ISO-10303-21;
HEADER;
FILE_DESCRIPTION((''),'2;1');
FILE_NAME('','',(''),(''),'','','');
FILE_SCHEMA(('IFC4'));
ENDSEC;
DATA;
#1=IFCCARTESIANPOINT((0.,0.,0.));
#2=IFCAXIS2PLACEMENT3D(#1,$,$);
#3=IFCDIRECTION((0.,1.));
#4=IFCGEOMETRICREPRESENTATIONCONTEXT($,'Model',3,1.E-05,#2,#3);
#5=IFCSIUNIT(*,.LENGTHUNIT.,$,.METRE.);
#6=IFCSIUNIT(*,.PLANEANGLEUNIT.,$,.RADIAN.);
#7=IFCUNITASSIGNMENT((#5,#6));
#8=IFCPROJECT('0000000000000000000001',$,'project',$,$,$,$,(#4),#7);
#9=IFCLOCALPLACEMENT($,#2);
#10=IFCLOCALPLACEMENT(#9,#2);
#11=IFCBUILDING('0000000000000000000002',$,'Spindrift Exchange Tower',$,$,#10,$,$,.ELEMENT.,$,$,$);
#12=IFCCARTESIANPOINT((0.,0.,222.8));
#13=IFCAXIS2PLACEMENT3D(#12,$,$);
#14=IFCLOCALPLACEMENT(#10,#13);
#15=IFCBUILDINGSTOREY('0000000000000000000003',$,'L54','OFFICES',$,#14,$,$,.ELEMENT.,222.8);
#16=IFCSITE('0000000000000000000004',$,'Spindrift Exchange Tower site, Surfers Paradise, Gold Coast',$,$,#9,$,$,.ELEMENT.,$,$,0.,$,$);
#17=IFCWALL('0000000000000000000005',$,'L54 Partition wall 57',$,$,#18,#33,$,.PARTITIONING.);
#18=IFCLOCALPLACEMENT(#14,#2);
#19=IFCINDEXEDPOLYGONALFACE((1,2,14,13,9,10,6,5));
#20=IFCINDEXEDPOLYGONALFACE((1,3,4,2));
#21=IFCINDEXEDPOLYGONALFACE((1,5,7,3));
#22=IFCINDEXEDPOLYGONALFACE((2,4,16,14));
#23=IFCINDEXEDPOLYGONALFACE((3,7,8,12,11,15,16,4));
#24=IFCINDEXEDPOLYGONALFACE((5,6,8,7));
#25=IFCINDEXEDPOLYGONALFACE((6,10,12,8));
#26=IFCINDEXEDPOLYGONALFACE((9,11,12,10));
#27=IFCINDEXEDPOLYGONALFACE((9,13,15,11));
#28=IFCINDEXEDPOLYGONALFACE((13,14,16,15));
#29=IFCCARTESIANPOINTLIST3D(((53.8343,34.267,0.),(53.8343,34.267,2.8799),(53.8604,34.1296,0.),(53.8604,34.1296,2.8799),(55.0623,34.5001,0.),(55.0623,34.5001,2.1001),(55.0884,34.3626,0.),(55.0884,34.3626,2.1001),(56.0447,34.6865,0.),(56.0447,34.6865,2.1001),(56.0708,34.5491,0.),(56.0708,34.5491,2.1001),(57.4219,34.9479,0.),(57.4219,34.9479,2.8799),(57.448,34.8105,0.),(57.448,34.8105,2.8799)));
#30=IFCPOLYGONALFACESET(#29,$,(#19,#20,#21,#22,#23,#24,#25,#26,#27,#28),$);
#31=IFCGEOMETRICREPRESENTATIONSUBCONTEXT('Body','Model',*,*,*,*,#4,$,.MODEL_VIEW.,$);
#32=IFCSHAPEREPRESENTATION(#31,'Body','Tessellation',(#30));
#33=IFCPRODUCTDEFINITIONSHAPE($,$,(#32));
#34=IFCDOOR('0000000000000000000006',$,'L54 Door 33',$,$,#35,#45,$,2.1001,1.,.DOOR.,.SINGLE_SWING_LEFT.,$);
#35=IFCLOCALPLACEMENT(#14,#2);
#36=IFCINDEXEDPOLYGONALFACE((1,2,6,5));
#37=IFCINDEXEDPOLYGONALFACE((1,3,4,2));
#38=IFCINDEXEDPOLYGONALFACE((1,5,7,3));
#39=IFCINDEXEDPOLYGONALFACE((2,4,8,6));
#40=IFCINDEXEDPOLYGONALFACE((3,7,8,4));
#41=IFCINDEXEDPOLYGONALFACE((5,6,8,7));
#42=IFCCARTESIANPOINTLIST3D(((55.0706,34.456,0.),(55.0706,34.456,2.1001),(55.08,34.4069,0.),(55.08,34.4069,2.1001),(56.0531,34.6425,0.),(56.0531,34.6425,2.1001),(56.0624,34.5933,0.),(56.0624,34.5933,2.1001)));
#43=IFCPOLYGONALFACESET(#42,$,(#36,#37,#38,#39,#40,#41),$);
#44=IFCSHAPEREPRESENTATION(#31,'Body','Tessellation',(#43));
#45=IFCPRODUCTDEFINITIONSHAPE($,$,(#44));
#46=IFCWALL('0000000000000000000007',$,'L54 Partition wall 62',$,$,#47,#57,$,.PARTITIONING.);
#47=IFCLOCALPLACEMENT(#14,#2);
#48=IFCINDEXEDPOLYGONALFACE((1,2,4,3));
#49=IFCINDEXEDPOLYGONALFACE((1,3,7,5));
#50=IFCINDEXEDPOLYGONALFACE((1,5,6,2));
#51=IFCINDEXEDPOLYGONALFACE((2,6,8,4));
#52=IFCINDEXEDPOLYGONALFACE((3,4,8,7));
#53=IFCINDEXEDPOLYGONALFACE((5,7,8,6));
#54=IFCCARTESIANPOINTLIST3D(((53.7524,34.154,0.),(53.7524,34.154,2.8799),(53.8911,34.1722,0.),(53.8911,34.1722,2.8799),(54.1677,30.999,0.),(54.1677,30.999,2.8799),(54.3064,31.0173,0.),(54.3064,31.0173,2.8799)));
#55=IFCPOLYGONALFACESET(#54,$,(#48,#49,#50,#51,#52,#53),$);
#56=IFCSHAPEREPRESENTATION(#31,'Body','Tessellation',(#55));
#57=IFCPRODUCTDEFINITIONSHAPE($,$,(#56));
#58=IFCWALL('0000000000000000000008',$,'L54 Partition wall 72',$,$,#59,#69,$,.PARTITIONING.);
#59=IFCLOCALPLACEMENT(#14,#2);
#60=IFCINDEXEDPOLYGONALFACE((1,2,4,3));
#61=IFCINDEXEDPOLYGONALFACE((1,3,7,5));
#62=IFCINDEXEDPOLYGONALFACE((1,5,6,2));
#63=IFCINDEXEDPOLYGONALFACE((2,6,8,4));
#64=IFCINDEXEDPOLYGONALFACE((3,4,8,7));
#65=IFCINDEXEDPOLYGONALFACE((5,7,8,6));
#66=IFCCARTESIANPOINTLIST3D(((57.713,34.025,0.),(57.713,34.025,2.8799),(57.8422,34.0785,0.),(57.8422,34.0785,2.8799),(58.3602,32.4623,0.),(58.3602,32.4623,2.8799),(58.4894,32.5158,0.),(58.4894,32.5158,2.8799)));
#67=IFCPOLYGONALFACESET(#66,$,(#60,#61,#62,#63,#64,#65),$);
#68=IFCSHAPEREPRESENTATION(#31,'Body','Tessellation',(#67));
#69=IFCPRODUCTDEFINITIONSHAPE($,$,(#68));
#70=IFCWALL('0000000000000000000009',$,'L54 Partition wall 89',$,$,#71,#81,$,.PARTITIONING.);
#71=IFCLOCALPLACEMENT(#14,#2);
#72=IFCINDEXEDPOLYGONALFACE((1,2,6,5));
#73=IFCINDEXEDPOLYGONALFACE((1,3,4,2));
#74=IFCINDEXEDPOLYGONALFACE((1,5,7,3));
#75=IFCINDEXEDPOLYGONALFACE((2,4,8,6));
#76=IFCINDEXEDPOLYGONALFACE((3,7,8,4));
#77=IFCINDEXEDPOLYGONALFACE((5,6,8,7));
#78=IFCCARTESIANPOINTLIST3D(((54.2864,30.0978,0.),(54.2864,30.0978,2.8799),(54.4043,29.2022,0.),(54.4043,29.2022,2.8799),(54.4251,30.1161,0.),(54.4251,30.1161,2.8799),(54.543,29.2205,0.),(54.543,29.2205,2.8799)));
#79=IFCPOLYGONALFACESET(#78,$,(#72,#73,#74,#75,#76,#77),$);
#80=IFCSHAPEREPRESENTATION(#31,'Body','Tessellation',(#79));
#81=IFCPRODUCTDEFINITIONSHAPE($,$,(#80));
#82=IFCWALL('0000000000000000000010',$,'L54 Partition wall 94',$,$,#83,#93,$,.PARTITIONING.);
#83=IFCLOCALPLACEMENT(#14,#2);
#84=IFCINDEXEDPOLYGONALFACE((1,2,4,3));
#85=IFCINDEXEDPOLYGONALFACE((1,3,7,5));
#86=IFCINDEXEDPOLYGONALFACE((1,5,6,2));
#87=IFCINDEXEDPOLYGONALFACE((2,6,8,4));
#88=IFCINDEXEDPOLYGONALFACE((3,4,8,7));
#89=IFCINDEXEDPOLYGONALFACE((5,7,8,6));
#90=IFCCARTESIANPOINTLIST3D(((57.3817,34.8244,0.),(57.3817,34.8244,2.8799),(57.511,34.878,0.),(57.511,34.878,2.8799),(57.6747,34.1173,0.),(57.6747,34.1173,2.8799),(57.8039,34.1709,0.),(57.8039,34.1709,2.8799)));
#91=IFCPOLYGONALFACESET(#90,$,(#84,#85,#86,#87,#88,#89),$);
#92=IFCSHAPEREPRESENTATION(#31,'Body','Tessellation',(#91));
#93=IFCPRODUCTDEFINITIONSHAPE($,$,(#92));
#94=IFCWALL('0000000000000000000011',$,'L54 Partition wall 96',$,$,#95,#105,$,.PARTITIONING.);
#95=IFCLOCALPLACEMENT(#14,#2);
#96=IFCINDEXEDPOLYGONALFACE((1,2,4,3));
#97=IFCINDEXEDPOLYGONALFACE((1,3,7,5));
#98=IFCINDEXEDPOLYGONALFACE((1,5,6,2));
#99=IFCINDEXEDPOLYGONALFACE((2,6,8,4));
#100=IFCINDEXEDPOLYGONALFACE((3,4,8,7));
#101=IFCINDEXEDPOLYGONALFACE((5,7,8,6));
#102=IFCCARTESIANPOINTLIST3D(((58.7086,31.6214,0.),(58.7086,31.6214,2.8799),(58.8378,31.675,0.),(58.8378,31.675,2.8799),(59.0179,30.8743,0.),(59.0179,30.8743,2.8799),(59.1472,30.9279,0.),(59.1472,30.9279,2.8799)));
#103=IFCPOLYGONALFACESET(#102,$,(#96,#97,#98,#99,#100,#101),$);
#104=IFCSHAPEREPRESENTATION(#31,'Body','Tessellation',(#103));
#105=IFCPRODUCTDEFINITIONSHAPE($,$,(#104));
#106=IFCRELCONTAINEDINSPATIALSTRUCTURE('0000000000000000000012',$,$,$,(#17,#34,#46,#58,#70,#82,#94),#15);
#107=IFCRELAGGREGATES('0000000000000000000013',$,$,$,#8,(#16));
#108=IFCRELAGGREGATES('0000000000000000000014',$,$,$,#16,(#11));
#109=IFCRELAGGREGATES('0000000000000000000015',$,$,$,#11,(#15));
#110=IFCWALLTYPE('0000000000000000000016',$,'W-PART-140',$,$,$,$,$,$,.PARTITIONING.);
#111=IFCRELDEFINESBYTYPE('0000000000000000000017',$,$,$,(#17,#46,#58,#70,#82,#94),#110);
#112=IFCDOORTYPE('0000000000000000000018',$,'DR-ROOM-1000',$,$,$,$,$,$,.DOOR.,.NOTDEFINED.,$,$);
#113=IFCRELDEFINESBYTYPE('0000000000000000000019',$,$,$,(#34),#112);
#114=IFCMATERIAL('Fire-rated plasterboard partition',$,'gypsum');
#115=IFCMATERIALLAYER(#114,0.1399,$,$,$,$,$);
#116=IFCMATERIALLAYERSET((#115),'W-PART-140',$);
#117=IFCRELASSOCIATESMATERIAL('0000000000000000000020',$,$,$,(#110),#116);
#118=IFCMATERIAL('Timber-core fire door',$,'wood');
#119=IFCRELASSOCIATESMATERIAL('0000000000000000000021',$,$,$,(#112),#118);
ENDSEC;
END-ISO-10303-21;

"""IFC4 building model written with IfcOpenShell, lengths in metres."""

from ifc_helpers import new_model, si_unit, direction, frame, frame_2d, origin, place, context, subcontext, project, spatial, rectangle, extrude, source, transform, mapped, material, layer, layer_set, type_object, element, fill, save


model = new_model("IFC4")

# Units and contexts
model_context = context("Model", 3, precision=1e-05, world=origin(), true_north=direction((0.0, 1.0)))
body_context = subcontext(model_context, "Body", "Model", "MODEL_VIEW")
ifc_project = project(units=[si_unit("LENGTHUNIT", "METRE"), si_unit("PLANEANGLEUNIT", "RADIAN")], contexts=[model_context])

# Site, building, storey
site_placement = place(None, origin())
site = spatial("IfcSite", under=ifc_project, at=site_placement, Name="Spindrift Exchange Tower site, Surfers Paradise, Gold Coast", CompositionType="ELEMENT", RefElevation=0.0)
building_placement = place(site_placement, origin())
building = spatial("IfcBuilding", under=site, at=building_placement, Name="Spindrift Exchange Tower", CompositionType="ELEMENT")
storey_placement = place(building_placement, frame((0.0, 0.0, 222.8)))
storey = spatial("IfcBuildingStorey", under=building, at=storey_placement, Name="L54", Description="OFFICES", CompositionType="ELEMENT", Elevation=222.8)

# Wall, opening, door
ifc_material_1 = material(Name="Fire-rated plasterboard partition", Category="gypsum")
ifc_layer_1 = layer(ifc_material_1, 0.1399)
ifc_layer_set_1 = layer_set([ifc_layer_1], Name="W-PART-140")
wall_type = type_object("IfcWallType", Name="W-PART-140", PredefinedType="PARTITIONING", material=ifc_layer_set_1)
ifc_material_2 = material(Name="Timber-core fire door", Category="wood")
door_type = type_object("IfcDoorType", Name="DR-ROOM-1000", OperationType="NOTDEFINED", PredefinedType="DOOR", material=ifc_material_2)
shared_shape_1 = source(origin(), body_context, "Body", "SweptSolid", [
    extrude(rectangle(XDim=1.0, YDim=2.1001, at=frame_2d((0.5, 1.05))), frame((0.0, 0.0249, 0.0), z_axis=(0.0, -1.0, 0.0), x_axis=(1.0, 0.0, 0.0)), (0.0, 0.0, 1.0), 0.05),
])
wall_1_placement = place(storey_placement, frame((57.4348, 34.8792, 0.0), z_axis=(0.0, 0.0, 1.0), x_axis=(-0.982462, -0.186464, 0.0)))
wall_1 = element("IfcWall", 1, at=wall_1_placement, inside=storey, type_object=wall_type, Name="L54 Partition wall 57", PredefinedType="PARTITIONING", context=body_context, shape_type="SweptSolid", body=[
    extrude(rectangle(XDim=3.6516, YDim=0.1399, at=frame_2d((1.8257, 0.0))), origin(), (0.0, 0.0, 1.0), 2.8799),
])
opening_1_placement = place(wall_1_placement, frame((1.4016, 0.0, 0.0)))
opening_1 = element("IfcOpeningElement", 2, at=opening_1_placement, cuts=wall_1, PredefinedType="OPENING", context=body_context, shape_type="SweptSolid", body=[
    extrude(rectangle(XDim=1.0, YDim=2.1001, at=frame_2d((0.5, 1.05))), frame((0.0, 0.0798, 0.0), z_axis=(0.0, -1.0, 0.0), x_axis=(1.0, 0.0, 0.0)), (0.0, 0.0, 1.0), 0.1599),
])
door_1_placement = place(opening_1_placement, origin())
door_1 = element("IfcDoor", 3, at=door_1_placement, inside=storey, type_object=door_type, Name="L54 Door 33", OperationType="SINGLE_SWING_LEFT", OverallHeight=2.1001, OverallWidth=1.0, PredefinedType="DOOR", context=body_context, shape_type="MappedRepresentation", body=[
    mapped(shared_shape_1, transform((0.0, 0.0, 0.0), scale=1.0)),
])
fill(opening_1, door_1)

# Walls
wall_2_placement = place(storey_placement, frame((53.8218, 34.1631, 0.0), z_axis=(0.0, 0.0, 1.0), x_axis=(0.1305, -0.991448, 0.0)))
element("IfcWall", 4, at=wall_2_placement, inside=storey, type_object=wall_type, Name="L54 Partition wall 62", PredefinedType="PARTITIONING", context=body_context, shape_type="SweptSolid", body=[
    extrude(rectangle(XDim=3.1821, YDim=0.1399, at=frame_2d((1.5911, 0.0))), origin(), (0.0, 0.0, 1.0), 2.8799),
])
wall_3_placement = place(storey_placement, frame((57.7776, 34.0518, 0.0), z_axis=(0.0, 0.0, 1.0), x_axis=(0.382636, -0.923899, 0.0)))
element("IfcWall", 5, at=wall_3_placement, inside=storey, type_object=wall_type, Name="L54 Partition wall 72", PredefinedType="PARTITIONING", context=body_context, shape_type="SweptSolid", body=[
    extrude(rectangle(XDim=1.6914, YDim=0.1399, at=frame_2d((0.8457, 0.0))), origin(), (0.0, 0.0, 1.0), 2.8799),
])
wall_4_placement = place(storey_placement, frame((54.3557, 30.1069, 0.0), z_axis=(0.0, 0.0, 1.0), x_axis=(0.130552, -0.991441, 0.0)))
element("IfcWall", 6, at=wall_4_placement, inside=storey, type_object=wall_type, Name="L54 Partition wall 89", PredefinedType="PARTITIONING", context=body_context, shape_type="SweptSolid", body=[
    extrude(rectangle(XDim=0.9033, YDim=0.1399, at=frame_2d((0.4517, 0.0))), origin(), (0.0, 0.0, 1.0), 2.8799),
])
wall_5_placement = place(storey_placement, frame((57.4463, 34.8513, 0.0), z_axis=(0.0, 0.0, 1.0), x_axis=(0.382803, -0.92383, 0.0)))
element("IfcWall", 7, at=wall_5_placement, inside=storey, type_object=wall_type, Name="L54 Partition wall 94", PredefinedType="PARTITIONING", context=body_context, shape_type="SweptSolid", body=[
    extrude(rectangle(XDim=0.7654, YDim=0.1399, at=frame_2d((0.3828, 0.0))), origin(), (0.0, 0.0, 1.0), 2.8799),
])
wall_6_placement = place(storey_placement, frame((58.7732, 31.6482, 0.0), z_axis=(0.0, 0.0, 1.0), x_axis=(0.382556, -0.923932, 0.0)))
element("IfcWall", 8, at=wall_6_placement, inside=storey, type_object=wall_type, Name="L54 Partition wall 96", PredefinedType="PARTITIONING", context=body_context, shape_type="SweptSolid", body=[
    extrude(rectangle(XDim=0.8086, YDim=0.1399, at=frame_2d((0.4043, 0.0))), origin(), (0.0, 0.0, 1.0), 2.8799),
])

save(model, "model.ifc")
